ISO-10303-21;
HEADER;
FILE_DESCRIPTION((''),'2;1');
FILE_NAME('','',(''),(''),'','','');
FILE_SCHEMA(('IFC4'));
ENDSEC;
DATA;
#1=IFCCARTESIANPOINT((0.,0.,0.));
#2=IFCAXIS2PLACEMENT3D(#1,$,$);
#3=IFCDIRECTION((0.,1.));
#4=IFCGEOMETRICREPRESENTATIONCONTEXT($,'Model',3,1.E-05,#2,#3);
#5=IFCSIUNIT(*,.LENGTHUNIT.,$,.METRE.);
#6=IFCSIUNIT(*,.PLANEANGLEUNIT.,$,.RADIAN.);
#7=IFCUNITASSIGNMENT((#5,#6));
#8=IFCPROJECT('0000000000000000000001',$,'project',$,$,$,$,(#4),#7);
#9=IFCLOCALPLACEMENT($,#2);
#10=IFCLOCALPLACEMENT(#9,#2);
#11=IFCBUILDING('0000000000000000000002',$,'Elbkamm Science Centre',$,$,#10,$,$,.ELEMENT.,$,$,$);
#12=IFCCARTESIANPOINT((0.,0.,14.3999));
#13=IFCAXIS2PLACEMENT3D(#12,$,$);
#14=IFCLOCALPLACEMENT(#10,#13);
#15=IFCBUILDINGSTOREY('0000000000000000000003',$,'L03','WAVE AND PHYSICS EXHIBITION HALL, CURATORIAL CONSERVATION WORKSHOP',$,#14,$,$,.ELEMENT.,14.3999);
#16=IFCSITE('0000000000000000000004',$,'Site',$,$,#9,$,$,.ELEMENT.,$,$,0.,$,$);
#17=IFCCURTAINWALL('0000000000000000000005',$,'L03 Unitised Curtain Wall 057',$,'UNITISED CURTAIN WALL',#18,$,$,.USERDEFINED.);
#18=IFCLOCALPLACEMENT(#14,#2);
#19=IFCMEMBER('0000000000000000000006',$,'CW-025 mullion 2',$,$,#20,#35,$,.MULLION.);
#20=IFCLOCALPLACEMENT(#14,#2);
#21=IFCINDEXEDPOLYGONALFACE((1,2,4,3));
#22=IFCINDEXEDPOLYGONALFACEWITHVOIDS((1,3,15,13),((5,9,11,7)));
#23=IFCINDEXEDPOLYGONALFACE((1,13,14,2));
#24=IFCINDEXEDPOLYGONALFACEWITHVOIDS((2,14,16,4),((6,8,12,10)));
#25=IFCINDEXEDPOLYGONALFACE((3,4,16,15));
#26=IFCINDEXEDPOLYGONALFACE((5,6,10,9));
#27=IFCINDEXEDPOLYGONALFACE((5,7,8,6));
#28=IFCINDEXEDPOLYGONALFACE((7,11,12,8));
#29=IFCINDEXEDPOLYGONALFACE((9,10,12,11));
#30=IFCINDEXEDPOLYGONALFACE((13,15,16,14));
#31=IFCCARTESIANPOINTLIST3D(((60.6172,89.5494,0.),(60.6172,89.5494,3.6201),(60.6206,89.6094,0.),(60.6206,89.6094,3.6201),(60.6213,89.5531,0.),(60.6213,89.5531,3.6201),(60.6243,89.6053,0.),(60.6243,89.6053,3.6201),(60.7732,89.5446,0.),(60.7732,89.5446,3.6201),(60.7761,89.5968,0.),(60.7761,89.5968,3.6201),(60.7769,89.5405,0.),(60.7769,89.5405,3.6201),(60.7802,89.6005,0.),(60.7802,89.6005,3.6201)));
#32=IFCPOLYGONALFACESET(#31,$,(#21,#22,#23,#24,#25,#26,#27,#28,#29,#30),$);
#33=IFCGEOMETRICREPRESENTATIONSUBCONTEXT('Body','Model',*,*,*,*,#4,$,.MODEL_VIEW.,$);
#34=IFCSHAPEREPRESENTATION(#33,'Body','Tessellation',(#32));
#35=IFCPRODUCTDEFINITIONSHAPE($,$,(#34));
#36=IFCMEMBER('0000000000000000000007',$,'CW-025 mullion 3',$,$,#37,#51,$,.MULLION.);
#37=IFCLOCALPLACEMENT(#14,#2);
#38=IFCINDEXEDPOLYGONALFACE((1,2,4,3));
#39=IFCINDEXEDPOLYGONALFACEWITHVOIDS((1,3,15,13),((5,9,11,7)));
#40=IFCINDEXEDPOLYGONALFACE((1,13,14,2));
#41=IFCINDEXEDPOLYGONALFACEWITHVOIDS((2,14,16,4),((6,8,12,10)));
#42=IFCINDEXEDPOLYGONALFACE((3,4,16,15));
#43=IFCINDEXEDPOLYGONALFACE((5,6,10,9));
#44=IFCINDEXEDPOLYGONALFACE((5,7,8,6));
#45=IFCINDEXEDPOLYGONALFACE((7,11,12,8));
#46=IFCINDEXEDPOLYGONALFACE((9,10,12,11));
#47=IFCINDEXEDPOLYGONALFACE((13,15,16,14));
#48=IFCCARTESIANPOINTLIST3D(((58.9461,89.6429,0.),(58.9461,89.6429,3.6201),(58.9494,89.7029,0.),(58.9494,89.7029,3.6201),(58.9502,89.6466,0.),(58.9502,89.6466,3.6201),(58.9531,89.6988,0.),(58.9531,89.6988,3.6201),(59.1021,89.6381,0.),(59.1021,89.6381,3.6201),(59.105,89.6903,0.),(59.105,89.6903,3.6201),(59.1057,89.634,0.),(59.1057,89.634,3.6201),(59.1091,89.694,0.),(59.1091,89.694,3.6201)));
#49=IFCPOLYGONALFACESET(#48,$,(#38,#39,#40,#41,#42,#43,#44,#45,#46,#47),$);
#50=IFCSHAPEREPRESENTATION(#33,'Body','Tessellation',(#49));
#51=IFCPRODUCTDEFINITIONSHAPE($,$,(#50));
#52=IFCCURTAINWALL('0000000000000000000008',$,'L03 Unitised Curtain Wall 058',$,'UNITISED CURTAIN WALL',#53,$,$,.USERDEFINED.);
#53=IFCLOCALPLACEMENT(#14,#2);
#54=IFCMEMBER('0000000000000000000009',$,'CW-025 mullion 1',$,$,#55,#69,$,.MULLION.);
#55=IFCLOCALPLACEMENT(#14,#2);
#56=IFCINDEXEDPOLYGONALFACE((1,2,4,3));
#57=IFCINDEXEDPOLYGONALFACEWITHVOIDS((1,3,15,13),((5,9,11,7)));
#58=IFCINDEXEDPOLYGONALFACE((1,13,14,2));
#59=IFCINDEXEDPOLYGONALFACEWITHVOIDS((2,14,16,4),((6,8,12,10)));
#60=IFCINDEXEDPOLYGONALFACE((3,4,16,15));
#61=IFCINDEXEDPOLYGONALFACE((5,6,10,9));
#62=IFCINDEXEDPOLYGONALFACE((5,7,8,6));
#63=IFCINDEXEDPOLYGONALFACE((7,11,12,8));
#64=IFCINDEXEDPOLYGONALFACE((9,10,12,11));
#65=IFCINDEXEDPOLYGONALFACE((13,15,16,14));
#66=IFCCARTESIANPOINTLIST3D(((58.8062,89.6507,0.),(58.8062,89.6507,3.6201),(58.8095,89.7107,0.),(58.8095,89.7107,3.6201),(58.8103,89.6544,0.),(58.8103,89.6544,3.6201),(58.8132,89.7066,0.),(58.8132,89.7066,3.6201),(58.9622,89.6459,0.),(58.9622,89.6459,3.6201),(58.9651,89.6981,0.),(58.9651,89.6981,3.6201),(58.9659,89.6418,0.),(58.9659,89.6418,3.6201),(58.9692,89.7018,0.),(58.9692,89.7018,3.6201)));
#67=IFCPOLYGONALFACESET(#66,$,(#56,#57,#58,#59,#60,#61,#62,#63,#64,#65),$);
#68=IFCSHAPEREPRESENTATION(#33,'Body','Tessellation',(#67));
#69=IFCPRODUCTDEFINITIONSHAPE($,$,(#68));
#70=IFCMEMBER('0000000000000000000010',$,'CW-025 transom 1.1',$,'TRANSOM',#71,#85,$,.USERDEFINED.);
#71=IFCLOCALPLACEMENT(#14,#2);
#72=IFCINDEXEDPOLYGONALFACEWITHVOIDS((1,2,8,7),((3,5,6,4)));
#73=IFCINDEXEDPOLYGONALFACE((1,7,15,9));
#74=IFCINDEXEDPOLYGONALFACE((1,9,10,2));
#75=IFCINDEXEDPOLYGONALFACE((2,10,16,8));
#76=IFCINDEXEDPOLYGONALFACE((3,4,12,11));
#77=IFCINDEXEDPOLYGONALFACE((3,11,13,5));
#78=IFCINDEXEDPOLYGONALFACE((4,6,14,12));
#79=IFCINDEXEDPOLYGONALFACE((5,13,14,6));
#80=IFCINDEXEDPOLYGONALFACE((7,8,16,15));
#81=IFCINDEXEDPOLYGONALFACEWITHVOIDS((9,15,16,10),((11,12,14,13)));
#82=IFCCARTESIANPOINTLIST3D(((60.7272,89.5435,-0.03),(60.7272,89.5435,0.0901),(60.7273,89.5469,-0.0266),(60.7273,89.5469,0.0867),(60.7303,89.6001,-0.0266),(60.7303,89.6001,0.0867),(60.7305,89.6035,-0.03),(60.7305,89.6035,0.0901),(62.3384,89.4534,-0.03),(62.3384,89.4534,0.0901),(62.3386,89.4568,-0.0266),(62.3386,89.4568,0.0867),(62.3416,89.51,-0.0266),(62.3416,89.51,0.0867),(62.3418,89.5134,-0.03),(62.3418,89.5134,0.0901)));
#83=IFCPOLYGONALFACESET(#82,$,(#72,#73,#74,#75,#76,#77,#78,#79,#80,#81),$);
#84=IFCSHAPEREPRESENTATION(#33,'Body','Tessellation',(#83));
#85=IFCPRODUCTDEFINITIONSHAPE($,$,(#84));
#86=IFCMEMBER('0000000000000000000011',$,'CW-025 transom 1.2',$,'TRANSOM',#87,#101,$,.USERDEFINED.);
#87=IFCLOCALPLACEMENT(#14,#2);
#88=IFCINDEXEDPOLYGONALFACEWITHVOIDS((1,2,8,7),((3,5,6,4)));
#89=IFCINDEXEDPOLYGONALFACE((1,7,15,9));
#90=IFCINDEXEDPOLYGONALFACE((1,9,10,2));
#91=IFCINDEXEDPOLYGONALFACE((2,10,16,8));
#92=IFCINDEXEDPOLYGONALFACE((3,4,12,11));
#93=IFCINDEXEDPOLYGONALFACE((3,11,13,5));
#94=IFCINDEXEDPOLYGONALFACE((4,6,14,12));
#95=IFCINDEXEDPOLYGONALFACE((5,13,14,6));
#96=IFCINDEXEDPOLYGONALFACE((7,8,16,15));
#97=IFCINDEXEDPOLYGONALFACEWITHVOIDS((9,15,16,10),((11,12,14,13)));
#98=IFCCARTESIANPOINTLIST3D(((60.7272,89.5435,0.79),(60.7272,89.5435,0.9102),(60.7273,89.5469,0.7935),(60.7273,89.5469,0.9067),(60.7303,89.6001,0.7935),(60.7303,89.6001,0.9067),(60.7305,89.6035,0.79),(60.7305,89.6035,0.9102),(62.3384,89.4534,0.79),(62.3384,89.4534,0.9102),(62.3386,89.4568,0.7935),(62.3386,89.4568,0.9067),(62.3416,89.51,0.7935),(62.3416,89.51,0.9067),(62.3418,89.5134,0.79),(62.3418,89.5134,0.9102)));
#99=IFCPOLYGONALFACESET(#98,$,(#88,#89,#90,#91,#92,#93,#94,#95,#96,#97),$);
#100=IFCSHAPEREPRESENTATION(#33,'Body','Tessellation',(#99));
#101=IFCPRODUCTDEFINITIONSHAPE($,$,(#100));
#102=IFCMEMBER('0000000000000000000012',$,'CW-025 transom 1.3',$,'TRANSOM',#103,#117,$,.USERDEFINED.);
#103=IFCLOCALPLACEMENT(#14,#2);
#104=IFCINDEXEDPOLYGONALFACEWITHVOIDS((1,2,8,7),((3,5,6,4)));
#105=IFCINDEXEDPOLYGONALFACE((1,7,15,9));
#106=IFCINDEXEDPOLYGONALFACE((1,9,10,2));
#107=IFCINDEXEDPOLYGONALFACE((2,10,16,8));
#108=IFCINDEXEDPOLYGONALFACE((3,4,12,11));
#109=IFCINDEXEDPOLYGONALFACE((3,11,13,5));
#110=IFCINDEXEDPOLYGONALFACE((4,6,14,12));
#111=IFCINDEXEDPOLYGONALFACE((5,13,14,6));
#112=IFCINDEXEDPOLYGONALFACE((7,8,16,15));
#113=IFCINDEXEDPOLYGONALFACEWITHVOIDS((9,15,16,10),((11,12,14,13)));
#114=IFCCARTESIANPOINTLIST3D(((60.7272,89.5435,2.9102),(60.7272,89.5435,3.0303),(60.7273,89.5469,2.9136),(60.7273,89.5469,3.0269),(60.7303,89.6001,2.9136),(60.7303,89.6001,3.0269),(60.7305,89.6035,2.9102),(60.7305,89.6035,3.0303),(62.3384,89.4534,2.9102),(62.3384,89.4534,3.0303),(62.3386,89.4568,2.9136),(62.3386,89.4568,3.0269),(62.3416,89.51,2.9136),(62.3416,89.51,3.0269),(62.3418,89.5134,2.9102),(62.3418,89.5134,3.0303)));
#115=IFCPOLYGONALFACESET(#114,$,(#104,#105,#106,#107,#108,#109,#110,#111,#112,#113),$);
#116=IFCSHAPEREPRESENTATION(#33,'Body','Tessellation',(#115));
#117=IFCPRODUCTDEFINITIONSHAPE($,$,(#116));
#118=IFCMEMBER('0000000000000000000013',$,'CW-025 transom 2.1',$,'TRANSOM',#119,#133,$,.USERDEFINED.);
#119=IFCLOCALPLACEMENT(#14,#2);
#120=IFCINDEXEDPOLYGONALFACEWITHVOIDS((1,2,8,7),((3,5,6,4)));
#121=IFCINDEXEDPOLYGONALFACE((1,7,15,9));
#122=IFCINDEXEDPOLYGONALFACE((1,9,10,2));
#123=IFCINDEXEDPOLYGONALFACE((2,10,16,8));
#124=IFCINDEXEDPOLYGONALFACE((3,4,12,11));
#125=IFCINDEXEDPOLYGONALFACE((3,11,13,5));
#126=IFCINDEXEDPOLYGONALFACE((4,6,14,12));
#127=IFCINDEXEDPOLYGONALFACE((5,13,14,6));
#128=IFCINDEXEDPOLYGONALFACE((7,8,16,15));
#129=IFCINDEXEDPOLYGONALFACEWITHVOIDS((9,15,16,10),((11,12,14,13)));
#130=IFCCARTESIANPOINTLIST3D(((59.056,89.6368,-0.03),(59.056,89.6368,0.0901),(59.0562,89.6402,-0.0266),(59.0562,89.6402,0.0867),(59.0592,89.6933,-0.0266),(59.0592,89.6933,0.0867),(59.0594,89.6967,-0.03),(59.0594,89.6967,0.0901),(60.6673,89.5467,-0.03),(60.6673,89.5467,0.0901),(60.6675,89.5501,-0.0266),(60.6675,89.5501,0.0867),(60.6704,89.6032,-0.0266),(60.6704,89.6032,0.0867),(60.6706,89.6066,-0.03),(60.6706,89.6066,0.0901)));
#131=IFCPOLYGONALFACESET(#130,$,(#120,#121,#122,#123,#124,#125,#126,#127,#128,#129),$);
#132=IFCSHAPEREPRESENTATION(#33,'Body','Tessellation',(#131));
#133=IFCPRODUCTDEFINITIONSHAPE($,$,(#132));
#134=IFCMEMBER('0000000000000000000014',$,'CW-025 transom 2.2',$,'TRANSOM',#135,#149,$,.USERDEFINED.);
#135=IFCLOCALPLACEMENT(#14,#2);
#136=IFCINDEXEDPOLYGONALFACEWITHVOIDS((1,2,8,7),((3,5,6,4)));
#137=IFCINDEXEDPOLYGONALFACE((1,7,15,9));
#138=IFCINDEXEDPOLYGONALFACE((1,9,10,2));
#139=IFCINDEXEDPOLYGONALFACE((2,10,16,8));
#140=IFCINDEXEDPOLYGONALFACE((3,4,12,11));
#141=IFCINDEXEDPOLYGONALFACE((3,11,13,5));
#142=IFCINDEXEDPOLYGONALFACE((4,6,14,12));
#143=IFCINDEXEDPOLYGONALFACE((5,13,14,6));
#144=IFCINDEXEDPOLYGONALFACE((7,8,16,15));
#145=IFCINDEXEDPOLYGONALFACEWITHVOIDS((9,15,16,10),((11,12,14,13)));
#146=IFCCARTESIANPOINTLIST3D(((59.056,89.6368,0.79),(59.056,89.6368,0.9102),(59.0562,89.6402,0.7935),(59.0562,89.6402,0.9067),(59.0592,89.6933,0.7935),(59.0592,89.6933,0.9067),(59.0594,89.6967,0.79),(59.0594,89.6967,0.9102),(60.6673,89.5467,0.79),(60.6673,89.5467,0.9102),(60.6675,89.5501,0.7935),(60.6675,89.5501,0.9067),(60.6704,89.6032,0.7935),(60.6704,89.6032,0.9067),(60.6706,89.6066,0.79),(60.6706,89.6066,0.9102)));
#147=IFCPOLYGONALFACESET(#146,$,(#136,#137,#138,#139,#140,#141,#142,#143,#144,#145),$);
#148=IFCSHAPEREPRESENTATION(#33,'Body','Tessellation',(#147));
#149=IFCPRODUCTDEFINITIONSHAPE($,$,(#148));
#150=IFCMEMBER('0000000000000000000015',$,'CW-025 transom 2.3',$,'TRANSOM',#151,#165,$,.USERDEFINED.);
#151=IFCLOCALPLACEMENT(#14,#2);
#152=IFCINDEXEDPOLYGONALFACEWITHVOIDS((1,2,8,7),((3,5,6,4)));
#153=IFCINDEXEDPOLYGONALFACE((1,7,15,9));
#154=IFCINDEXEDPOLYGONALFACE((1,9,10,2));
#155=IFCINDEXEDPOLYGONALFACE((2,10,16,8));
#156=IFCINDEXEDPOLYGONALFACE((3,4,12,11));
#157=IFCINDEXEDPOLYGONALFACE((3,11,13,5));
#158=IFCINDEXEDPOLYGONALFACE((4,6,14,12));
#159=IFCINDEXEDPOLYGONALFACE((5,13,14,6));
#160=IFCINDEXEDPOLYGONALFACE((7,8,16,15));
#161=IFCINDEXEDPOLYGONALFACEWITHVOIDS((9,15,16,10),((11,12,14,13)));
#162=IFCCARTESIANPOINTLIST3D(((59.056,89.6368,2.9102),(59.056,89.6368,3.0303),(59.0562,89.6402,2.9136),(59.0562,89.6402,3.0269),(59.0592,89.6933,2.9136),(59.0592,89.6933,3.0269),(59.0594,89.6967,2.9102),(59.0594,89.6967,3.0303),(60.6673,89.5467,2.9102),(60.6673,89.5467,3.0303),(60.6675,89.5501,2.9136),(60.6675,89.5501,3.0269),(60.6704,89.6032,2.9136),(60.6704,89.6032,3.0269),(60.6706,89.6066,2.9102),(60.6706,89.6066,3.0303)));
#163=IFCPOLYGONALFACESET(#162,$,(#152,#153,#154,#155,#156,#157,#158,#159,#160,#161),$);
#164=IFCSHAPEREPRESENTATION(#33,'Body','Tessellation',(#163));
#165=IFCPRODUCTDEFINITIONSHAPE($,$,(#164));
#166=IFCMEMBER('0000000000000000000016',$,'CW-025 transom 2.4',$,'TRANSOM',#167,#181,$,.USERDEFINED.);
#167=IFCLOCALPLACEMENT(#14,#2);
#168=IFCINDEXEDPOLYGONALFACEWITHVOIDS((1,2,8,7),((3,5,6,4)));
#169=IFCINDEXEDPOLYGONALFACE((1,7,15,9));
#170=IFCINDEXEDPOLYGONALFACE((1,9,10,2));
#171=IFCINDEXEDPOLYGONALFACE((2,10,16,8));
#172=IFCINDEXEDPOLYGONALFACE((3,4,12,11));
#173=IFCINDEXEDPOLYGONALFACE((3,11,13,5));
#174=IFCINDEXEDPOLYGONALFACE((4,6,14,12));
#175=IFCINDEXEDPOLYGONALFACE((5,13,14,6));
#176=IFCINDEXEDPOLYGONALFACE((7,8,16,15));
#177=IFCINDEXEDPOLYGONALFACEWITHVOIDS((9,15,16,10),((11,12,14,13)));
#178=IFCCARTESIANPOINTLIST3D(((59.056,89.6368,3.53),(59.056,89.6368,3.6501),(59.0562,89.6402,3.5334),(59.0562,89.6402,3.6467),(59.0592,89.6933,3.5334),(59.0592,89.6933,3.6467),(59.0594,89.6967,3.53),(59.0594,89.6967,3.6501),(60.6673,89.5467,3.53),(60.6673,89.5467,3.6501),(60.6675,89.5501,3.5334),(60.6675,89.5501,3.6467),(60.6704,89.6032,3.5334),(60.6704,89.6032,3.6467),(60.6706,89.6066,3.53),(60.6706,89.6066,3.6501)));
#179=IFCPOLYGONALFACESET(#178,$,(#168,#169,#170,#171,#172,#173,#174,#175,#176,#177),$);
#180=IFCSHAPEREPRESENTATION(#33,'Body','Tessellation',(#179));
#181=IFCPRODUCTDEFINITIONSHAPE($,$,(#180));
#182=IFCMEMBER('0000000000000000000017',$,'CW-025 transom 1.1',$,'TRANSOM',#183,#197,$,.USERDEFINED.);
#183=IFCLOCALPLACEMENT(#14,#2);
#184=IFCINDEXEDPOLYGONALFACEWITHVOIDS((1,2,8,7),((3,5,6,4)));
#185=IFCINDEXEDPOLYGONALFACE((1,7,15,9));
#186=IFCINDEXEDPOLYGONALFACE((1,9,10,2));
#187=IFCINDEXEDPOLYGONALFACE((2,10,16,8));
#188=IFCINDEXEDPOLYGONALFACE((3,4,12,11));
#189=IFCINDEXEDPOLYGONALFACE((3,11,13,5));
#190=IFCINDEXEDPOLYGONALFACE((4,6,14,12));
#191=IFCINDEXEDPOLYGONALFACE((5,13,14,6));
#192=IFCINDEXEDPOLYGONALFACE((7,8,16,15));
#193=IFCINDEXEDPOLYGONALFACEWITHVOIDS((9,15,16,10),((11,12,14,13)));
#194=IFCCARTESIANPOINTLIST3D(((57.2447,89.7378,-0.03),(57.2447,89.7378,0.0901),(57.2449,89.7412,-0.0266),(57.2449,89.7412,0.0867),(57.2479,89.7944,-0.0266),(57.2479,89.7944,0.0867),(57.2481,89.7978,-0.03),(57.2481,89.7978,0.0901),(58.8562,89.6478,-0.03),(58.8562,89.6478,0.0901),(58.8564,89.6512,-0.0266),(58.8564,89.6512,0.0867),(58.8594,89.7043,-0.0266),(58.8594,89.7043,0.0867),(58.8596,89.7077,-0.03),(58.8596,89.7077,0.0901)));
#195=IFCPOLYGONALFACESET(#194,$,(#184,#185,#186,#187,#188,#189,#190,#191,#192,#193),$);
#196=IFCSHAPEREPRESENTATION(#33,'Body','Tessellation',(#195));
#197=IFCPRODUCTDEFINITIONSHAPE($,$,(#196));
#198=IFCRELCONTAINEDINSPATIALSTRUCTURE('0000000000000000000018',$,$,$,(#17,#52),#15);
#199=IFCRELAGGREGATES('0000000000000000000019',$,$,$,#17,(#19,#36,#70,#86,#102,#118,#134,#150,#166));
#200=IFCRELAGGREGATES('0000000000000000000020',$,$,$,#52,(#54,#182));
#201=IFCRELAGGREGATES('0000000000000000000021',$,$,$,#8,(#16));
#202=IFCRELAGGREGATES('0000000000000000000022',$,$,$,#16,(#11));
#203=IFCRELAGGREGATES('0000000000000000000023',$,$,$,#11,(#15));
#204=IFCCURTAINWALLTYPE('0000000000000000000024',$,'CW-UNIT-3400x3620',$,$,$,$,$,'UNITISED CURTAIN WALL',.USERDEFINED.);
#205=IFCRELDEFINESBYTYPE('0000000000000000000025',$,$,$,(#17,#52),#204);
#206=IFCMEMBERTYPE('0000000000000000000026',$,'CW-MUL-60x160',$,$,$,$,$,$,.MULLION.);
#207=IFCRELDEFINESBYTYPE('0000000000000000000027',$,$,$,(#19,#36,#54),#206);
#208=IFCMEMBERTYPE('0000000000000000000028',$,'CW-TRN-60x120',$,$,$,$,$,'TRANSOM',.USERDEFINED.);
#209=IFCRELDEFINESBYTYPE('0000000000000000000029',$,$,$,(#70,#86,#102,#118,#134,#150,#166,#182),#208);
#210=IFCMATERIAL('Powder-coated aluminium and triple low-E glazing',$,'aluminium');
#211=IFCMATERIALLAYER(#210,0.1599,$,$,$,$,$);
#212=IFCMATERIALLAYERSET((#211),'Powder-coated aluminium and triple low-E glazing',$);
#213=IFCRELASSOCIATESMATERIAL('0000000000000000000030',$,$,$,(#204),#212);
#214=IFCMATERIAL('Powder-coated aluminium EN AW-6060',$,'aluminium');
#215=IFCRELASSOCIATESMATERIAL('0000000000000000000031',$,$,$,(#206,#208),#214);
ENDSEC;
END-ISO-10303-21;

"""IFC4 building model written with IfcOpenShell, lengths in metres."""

from ifc_helpers import new_model, si_unit, direction, frame, origin, origin_2d, place, context, subcontext, project, spatial, hollow_rectangle, extrude, material, layer, layer_set, material_profile, profile_set, type_object, element, aggregate, save


model = new_model("IFC4")

# Units and contexts
model_context = context("Model", 3, precision=1e-05, world=origin(), true_north=direction((0.0, 1.0)))
body_context = subcontext(model_context, "Body", "Model", "MODEL_VIEW")
ifc_project = project(units=[si_unit("LENGTHUNIT", "METRE"), si_unit("PLANEANGLEUNIT", "RADIAN")], contexts=[model_context])

# Site, building, storey
site_placement = place(None, origin())
site = spatial("IfcSite", under=ifc_project, at=site_placement, Name="Site", CompositionType="ELEMENT", RefElevation=0.0)
building_placement = place(site_placement, origin())
building = spatial("IfcBuilding", under=site, at=building_placement, Name="Elbkamm Science Centre", CompositionType="ELEMENT")
storey_placement = place(building_placement, frame((0.0, 0.0, 14.3999)))
storey = spatial("IfcBuildingStorey", under=building, at=storey_placement, Name="L03", Description="WAVE AND PHYSICS EXHIBITION HALL, CURATORIAL CONSERVATION WORKSHOP", CompositionType="ELEMENT", Elevation=14.3999)

# Curtain wall, members
ifc_material_1 = material(Name="Powder-coated aluminium and triple low-E glazing", Category="aluminium")
ifc_layer_1 = layer(ifc_material_1, 0.1599)
ifc_layer_set_1 = layer_set([ifc_layer_1], Name="Powder-coated aluminium and triple low-E glazing")
curtain_wall_type = type_object("IfcCurtainWallType", Name="CW-UNIT-3400x3620", ElementType="UNITISED CURTAIN WALL", PredefinedType="USERDEFINED", material=ifc_layer_set_1)
curtain_wall_1_placement = place(storey_placement, origin())
curtain_wall_1 = element("IfcCurtainWall", 1, at=curtain_wall_1_placement, inside=storey, type_object=curtain_wall_type, Name="L03 Unitised Curtain Wall 057", ObjectType="UNITISED CURTAIN WALL", PredefinedType="USERDEFINED")
ifc_material_2 = material(Name="Powder-coated aluminium EN AW-6060", Category="aluminium")
ifc_material_profile_1 = material_profile(ifc_material_2, hollow_rectangle(XDim=0.0601, YDim=0.1599, WallThickness=0.0039, at=origin_2d()), Name="ALU M60x160")
ifc_profile_set_1 = profile_set([ifc_material_profile_1], Name="Powder-coated aluminium EN AW-6060")
member_type_1 = type_object("IfcMemberType", Name="CW-MUL-60x160", PredefinedType="MULLION", material=ifc_profile_set_1)
member_1_placement = place(storey_placement, frame((60.6987, 89.575, 0.0), z_axis=(0.0, 0.0, 1.0), x_axis=(-0.055785, -0.998443, 0.0)))
member_1 = element("IfcMember", 2, at=member_1_placement, type_object=member_type_1, Name="CW-025 mullion 2", PredefinedType="MULLION", context=body_context, shape_type="SweptSolid", body=[
    extrude(hollow_rectangle(XDim=0.0601, YDim=0.1599, WallThickness=0.0039, at=origin_2d()), origin(), (0.0, 0.0, 1.0), 3.6201),
])
member_2_placement = place(storey_placement, frame((59.0276, 89.6685, 0.0), z_axis=(0.0, 0.0, 1.0), x_axis=(-0.055785, -0.998443, 0.0)))
member_2 = element("IfcMember", 3, at=member_2_placement, type_object=member_type_1, Name="CW-025 mullion 3", PredefinedType="MULLION", context=body_context, shape_type="SweptSolid", body=[
    extrude(hollow_rectangle(XDim=0.0601, YDim=0.1599, WallThickness=0.0039, at=origin_2d()), origin(), (0.0, 0.0, 1.0), 3.6201),
])

# Curtain wall, member
curtain_wall_2_placement = place(storey_placement, origin())
curtain_wall_2 = element("IfcCurtainWall", 4, at=curtain_wall_2_placement, inside=storey, type_object=curtain_wall_type, Name="L03 Unitised Curtain Wall 058", ObjectType="UNITISED CURTAIN WALL", PredefinedType="USERDEFINED")
member_3_placement = place(storey_placement, frame((58.8877, 89.6763, 0.0), z_axis=(0.0, 0.0, 1.0), x_axis=(-0.055785, -0.998443, 0.0)))
member_3 = element("IfcMember", 5, at=member_3_placement, type_object=member_type_1, Name="CW-025 mullion 1", PredefinedType="MULLION", context=body_context, shape_type="SweptSolid", body=[
    extrude(hollow_rectangle(XDim=0.0601, YDim=0.1599, WallThickness=0.0039, at=origin_2d()), origin(), (0.0, 0.0, 1.0), 3.6201),
])

# Members
ifc_material_profile_2 = material_profile(ifc_material_2, hollow_rectangle(XDim=0.0601, YDim=0.1201, WallThickness=0.0034, at=origin_2d()), Name="ALU T60x120")
ifc_profile_set_2 = profile_set([ifc_material_profile_2], Name="Powder-coated aluminium EN AW-6060")
member_type_2 = type_object("IfcMemberType", Name="CW-TRN-60x120", ElementType="TRANSOM", PredefinedType="USERDEFINED", material=ifc_profile_set_2)
member_4_placement = place(storey_placement, frame((62.3401, 89.4834, 0.03), z_axis=(-0.998441, 0.055822, 0.0), x_axis=(-0.055822, -0.998441, 0.0)))
member_4 = element("IfcMember", 6, at=member_4_placement, type_object=member_type_2, Name="CW-025 transom 1.1", ObjectType="TRANSOM", PredefinedType="USERDEFINED", context=body_context, shape_type="SweptSolid", body=[
    extrude(hollow_rectangle(XDim=0.0601, YDim=0.1201, WallThickness=0.0034, at=origin_2d()), origin(), (0.0, 0.0, 1.0), 1.6138),
])
member_5_placement = place(storey_placement, frame((62.3401, 89.4834, 0.8501), z_axis=(-0.998441, 0.055822, 0.0), x_axis=(-0.055822, -0.998441, 0.0)))
member_5 = element("IfcMember", 7, at=member_5_placement, type_object=member_type_2, Name="CW-025 transom 1.2", ObjectType="TRANSOM", PredefinedType="USERDEFINED", context=body_context, shape_type="SweptSolid", body=[
    extrude(hollow_rectangle(XDim=0.0601, YDim=0.1201, WallThickness=0.0034, at=origin_2d()), origin(), (0.0, 0.0, 1.0), 1.6138),
])
member_6_placement = place(storey_placement, frame((62.3401, 89.4834, 2.9702), z_axis=(-0.998441, 0.055822, 0.0), x_axis=(-0.055822, -0.998441, 0.0)))
member_6 = element("IfcMember", 8, at=member_6_placement, type_object=member_type_2, Name="CW-025 transom 1.3", ObjectType="TRANSOM", PredefinedType="USERDEFINED", context=body_context, shape_type="SweptSolid", body=[
    extrude(hollow_rectangle(XDim=0.0601, YDim=0.1201, WallThickness=0.0034, at=origin_2d()), origin(), (0.0, 0.0, 1.0), 1.6138),
])
member_7_placement = place(storey_placement, frame((60.6689, 89.5767, 0.03), z_axis=(-0.998441, 0.055822, 0.0), x_axis=(-0.055822, -0.998441, 0.0)))
member_7 = element("IfcMember", 9, at=member_7_placement, type_object=member_type_2, Name="CW-025 transom 2.1", ObjectType="TRANSOM", PredefinedType="USERDEFINED", context=body_context, shape_type="SweptSolid", body=[
    extrude(hollow_rectangle(XDim=0.0601, YDim=0.1201, WallThickness=0.0034, at=origin_2d()), origin(), (0.0, 0.0, 1.0), 1.6138),
])
member_8_placement = place(storey_placement, frame((60.6689, 89.5767, 0.8501), z_axis=(-0.998441, 0.055822, 0.0), x_axis=(-0.055822, -0.998441, 0.0)))
member_8 = element("IfcMember", 10, at=member_8_placement, type_object=member_type_2, Name="CW-025 transom 2.2", ObjectType="TRANSOM", PredefinedType="USERDEFINED", context=body_context, shape_type="SweptSolid", body=[
    extrude(hollow_rectangle(XDim=0.0601, YDim=0.1201, WallThickness=0.0034, at=origin_2d()), origin(), (0.0, 0.0, 1.0), 1.6138),
])
member_9_placement = place(storey_placement, frame((60.6689, 89.5767, 2.9702), z_axis=(-0.998441, 0.055822, 0.0), x_axis=(-0.055822, -0.998441, 0.0)))
member_9 = element("IfcMember", 11, at=member_9_placement, type_object=member_type_2, Name="CW-025 transom 2.3", ObjectType="TRANSOM", PredefinedType="USERDEFINED", context=body_context, shape_type="SweptSolid", body=[
    extrude(hollow_rectangle(XDim=0.0601, YDim=0.1201, WallThickness=0.0034, at=origin_2d()), origin(), (0.0, 0.0, 1.0), 1.6138),
])
member_10_placement = place(storey_placement, frame((60.6689, 89.5767, 3.5901), z_axis=(-0.998441, 0.055822, 0.0), x_axis=(-0.055822, -0.998441, 0.0)))
member_10 = element("IfcMember", 12, at=member_10_placement, type_object=member_type_2, Name="CW-025 transom 2.4", ObjectType="TRANSOM", PredefinedType="USERDEFINED", context=body_context, shape_type="SweptSolid", body=[
    extrude(hollow_rectangle(XDim=0.0601, YDim=0.1201, WallThickness=0.0034, at=origin_2d()), origin(), (0.0, 0.0, 1.0), 1.6138),
])
member_11_placement = place(storey_placement, frame((58.8579, 89.6777, 0.03), z_axis=(-0.998441, 0.055813, 0.0), x_axis=(-0.055813, -0.998441, 0.0)))
member_11 = element("IfcMember", 13, at=member_11_placement, type_object=member_type_2, Name="CW-025 transom 1.1", ObjectType="TRANSOM", PredefinedType="USERDEFINED", context=body_context, shape_type="SweptSolid", body=[
    extrude(hollow_rectangle(XDim=0.0601, YDim=0.1201, WallThickness=0.0034, at=origin_2d()), origin(), (0.0, 0.0, 1.0), 1.614),
])

aggregate(curtain_wall_1, [member_1, member_2, member_4, member_5, member_6, member_7, member_8, member_9, member_10])
aggregate(curtain_wall_2, [member_3, member_11])

save(model, "model.ifc")
